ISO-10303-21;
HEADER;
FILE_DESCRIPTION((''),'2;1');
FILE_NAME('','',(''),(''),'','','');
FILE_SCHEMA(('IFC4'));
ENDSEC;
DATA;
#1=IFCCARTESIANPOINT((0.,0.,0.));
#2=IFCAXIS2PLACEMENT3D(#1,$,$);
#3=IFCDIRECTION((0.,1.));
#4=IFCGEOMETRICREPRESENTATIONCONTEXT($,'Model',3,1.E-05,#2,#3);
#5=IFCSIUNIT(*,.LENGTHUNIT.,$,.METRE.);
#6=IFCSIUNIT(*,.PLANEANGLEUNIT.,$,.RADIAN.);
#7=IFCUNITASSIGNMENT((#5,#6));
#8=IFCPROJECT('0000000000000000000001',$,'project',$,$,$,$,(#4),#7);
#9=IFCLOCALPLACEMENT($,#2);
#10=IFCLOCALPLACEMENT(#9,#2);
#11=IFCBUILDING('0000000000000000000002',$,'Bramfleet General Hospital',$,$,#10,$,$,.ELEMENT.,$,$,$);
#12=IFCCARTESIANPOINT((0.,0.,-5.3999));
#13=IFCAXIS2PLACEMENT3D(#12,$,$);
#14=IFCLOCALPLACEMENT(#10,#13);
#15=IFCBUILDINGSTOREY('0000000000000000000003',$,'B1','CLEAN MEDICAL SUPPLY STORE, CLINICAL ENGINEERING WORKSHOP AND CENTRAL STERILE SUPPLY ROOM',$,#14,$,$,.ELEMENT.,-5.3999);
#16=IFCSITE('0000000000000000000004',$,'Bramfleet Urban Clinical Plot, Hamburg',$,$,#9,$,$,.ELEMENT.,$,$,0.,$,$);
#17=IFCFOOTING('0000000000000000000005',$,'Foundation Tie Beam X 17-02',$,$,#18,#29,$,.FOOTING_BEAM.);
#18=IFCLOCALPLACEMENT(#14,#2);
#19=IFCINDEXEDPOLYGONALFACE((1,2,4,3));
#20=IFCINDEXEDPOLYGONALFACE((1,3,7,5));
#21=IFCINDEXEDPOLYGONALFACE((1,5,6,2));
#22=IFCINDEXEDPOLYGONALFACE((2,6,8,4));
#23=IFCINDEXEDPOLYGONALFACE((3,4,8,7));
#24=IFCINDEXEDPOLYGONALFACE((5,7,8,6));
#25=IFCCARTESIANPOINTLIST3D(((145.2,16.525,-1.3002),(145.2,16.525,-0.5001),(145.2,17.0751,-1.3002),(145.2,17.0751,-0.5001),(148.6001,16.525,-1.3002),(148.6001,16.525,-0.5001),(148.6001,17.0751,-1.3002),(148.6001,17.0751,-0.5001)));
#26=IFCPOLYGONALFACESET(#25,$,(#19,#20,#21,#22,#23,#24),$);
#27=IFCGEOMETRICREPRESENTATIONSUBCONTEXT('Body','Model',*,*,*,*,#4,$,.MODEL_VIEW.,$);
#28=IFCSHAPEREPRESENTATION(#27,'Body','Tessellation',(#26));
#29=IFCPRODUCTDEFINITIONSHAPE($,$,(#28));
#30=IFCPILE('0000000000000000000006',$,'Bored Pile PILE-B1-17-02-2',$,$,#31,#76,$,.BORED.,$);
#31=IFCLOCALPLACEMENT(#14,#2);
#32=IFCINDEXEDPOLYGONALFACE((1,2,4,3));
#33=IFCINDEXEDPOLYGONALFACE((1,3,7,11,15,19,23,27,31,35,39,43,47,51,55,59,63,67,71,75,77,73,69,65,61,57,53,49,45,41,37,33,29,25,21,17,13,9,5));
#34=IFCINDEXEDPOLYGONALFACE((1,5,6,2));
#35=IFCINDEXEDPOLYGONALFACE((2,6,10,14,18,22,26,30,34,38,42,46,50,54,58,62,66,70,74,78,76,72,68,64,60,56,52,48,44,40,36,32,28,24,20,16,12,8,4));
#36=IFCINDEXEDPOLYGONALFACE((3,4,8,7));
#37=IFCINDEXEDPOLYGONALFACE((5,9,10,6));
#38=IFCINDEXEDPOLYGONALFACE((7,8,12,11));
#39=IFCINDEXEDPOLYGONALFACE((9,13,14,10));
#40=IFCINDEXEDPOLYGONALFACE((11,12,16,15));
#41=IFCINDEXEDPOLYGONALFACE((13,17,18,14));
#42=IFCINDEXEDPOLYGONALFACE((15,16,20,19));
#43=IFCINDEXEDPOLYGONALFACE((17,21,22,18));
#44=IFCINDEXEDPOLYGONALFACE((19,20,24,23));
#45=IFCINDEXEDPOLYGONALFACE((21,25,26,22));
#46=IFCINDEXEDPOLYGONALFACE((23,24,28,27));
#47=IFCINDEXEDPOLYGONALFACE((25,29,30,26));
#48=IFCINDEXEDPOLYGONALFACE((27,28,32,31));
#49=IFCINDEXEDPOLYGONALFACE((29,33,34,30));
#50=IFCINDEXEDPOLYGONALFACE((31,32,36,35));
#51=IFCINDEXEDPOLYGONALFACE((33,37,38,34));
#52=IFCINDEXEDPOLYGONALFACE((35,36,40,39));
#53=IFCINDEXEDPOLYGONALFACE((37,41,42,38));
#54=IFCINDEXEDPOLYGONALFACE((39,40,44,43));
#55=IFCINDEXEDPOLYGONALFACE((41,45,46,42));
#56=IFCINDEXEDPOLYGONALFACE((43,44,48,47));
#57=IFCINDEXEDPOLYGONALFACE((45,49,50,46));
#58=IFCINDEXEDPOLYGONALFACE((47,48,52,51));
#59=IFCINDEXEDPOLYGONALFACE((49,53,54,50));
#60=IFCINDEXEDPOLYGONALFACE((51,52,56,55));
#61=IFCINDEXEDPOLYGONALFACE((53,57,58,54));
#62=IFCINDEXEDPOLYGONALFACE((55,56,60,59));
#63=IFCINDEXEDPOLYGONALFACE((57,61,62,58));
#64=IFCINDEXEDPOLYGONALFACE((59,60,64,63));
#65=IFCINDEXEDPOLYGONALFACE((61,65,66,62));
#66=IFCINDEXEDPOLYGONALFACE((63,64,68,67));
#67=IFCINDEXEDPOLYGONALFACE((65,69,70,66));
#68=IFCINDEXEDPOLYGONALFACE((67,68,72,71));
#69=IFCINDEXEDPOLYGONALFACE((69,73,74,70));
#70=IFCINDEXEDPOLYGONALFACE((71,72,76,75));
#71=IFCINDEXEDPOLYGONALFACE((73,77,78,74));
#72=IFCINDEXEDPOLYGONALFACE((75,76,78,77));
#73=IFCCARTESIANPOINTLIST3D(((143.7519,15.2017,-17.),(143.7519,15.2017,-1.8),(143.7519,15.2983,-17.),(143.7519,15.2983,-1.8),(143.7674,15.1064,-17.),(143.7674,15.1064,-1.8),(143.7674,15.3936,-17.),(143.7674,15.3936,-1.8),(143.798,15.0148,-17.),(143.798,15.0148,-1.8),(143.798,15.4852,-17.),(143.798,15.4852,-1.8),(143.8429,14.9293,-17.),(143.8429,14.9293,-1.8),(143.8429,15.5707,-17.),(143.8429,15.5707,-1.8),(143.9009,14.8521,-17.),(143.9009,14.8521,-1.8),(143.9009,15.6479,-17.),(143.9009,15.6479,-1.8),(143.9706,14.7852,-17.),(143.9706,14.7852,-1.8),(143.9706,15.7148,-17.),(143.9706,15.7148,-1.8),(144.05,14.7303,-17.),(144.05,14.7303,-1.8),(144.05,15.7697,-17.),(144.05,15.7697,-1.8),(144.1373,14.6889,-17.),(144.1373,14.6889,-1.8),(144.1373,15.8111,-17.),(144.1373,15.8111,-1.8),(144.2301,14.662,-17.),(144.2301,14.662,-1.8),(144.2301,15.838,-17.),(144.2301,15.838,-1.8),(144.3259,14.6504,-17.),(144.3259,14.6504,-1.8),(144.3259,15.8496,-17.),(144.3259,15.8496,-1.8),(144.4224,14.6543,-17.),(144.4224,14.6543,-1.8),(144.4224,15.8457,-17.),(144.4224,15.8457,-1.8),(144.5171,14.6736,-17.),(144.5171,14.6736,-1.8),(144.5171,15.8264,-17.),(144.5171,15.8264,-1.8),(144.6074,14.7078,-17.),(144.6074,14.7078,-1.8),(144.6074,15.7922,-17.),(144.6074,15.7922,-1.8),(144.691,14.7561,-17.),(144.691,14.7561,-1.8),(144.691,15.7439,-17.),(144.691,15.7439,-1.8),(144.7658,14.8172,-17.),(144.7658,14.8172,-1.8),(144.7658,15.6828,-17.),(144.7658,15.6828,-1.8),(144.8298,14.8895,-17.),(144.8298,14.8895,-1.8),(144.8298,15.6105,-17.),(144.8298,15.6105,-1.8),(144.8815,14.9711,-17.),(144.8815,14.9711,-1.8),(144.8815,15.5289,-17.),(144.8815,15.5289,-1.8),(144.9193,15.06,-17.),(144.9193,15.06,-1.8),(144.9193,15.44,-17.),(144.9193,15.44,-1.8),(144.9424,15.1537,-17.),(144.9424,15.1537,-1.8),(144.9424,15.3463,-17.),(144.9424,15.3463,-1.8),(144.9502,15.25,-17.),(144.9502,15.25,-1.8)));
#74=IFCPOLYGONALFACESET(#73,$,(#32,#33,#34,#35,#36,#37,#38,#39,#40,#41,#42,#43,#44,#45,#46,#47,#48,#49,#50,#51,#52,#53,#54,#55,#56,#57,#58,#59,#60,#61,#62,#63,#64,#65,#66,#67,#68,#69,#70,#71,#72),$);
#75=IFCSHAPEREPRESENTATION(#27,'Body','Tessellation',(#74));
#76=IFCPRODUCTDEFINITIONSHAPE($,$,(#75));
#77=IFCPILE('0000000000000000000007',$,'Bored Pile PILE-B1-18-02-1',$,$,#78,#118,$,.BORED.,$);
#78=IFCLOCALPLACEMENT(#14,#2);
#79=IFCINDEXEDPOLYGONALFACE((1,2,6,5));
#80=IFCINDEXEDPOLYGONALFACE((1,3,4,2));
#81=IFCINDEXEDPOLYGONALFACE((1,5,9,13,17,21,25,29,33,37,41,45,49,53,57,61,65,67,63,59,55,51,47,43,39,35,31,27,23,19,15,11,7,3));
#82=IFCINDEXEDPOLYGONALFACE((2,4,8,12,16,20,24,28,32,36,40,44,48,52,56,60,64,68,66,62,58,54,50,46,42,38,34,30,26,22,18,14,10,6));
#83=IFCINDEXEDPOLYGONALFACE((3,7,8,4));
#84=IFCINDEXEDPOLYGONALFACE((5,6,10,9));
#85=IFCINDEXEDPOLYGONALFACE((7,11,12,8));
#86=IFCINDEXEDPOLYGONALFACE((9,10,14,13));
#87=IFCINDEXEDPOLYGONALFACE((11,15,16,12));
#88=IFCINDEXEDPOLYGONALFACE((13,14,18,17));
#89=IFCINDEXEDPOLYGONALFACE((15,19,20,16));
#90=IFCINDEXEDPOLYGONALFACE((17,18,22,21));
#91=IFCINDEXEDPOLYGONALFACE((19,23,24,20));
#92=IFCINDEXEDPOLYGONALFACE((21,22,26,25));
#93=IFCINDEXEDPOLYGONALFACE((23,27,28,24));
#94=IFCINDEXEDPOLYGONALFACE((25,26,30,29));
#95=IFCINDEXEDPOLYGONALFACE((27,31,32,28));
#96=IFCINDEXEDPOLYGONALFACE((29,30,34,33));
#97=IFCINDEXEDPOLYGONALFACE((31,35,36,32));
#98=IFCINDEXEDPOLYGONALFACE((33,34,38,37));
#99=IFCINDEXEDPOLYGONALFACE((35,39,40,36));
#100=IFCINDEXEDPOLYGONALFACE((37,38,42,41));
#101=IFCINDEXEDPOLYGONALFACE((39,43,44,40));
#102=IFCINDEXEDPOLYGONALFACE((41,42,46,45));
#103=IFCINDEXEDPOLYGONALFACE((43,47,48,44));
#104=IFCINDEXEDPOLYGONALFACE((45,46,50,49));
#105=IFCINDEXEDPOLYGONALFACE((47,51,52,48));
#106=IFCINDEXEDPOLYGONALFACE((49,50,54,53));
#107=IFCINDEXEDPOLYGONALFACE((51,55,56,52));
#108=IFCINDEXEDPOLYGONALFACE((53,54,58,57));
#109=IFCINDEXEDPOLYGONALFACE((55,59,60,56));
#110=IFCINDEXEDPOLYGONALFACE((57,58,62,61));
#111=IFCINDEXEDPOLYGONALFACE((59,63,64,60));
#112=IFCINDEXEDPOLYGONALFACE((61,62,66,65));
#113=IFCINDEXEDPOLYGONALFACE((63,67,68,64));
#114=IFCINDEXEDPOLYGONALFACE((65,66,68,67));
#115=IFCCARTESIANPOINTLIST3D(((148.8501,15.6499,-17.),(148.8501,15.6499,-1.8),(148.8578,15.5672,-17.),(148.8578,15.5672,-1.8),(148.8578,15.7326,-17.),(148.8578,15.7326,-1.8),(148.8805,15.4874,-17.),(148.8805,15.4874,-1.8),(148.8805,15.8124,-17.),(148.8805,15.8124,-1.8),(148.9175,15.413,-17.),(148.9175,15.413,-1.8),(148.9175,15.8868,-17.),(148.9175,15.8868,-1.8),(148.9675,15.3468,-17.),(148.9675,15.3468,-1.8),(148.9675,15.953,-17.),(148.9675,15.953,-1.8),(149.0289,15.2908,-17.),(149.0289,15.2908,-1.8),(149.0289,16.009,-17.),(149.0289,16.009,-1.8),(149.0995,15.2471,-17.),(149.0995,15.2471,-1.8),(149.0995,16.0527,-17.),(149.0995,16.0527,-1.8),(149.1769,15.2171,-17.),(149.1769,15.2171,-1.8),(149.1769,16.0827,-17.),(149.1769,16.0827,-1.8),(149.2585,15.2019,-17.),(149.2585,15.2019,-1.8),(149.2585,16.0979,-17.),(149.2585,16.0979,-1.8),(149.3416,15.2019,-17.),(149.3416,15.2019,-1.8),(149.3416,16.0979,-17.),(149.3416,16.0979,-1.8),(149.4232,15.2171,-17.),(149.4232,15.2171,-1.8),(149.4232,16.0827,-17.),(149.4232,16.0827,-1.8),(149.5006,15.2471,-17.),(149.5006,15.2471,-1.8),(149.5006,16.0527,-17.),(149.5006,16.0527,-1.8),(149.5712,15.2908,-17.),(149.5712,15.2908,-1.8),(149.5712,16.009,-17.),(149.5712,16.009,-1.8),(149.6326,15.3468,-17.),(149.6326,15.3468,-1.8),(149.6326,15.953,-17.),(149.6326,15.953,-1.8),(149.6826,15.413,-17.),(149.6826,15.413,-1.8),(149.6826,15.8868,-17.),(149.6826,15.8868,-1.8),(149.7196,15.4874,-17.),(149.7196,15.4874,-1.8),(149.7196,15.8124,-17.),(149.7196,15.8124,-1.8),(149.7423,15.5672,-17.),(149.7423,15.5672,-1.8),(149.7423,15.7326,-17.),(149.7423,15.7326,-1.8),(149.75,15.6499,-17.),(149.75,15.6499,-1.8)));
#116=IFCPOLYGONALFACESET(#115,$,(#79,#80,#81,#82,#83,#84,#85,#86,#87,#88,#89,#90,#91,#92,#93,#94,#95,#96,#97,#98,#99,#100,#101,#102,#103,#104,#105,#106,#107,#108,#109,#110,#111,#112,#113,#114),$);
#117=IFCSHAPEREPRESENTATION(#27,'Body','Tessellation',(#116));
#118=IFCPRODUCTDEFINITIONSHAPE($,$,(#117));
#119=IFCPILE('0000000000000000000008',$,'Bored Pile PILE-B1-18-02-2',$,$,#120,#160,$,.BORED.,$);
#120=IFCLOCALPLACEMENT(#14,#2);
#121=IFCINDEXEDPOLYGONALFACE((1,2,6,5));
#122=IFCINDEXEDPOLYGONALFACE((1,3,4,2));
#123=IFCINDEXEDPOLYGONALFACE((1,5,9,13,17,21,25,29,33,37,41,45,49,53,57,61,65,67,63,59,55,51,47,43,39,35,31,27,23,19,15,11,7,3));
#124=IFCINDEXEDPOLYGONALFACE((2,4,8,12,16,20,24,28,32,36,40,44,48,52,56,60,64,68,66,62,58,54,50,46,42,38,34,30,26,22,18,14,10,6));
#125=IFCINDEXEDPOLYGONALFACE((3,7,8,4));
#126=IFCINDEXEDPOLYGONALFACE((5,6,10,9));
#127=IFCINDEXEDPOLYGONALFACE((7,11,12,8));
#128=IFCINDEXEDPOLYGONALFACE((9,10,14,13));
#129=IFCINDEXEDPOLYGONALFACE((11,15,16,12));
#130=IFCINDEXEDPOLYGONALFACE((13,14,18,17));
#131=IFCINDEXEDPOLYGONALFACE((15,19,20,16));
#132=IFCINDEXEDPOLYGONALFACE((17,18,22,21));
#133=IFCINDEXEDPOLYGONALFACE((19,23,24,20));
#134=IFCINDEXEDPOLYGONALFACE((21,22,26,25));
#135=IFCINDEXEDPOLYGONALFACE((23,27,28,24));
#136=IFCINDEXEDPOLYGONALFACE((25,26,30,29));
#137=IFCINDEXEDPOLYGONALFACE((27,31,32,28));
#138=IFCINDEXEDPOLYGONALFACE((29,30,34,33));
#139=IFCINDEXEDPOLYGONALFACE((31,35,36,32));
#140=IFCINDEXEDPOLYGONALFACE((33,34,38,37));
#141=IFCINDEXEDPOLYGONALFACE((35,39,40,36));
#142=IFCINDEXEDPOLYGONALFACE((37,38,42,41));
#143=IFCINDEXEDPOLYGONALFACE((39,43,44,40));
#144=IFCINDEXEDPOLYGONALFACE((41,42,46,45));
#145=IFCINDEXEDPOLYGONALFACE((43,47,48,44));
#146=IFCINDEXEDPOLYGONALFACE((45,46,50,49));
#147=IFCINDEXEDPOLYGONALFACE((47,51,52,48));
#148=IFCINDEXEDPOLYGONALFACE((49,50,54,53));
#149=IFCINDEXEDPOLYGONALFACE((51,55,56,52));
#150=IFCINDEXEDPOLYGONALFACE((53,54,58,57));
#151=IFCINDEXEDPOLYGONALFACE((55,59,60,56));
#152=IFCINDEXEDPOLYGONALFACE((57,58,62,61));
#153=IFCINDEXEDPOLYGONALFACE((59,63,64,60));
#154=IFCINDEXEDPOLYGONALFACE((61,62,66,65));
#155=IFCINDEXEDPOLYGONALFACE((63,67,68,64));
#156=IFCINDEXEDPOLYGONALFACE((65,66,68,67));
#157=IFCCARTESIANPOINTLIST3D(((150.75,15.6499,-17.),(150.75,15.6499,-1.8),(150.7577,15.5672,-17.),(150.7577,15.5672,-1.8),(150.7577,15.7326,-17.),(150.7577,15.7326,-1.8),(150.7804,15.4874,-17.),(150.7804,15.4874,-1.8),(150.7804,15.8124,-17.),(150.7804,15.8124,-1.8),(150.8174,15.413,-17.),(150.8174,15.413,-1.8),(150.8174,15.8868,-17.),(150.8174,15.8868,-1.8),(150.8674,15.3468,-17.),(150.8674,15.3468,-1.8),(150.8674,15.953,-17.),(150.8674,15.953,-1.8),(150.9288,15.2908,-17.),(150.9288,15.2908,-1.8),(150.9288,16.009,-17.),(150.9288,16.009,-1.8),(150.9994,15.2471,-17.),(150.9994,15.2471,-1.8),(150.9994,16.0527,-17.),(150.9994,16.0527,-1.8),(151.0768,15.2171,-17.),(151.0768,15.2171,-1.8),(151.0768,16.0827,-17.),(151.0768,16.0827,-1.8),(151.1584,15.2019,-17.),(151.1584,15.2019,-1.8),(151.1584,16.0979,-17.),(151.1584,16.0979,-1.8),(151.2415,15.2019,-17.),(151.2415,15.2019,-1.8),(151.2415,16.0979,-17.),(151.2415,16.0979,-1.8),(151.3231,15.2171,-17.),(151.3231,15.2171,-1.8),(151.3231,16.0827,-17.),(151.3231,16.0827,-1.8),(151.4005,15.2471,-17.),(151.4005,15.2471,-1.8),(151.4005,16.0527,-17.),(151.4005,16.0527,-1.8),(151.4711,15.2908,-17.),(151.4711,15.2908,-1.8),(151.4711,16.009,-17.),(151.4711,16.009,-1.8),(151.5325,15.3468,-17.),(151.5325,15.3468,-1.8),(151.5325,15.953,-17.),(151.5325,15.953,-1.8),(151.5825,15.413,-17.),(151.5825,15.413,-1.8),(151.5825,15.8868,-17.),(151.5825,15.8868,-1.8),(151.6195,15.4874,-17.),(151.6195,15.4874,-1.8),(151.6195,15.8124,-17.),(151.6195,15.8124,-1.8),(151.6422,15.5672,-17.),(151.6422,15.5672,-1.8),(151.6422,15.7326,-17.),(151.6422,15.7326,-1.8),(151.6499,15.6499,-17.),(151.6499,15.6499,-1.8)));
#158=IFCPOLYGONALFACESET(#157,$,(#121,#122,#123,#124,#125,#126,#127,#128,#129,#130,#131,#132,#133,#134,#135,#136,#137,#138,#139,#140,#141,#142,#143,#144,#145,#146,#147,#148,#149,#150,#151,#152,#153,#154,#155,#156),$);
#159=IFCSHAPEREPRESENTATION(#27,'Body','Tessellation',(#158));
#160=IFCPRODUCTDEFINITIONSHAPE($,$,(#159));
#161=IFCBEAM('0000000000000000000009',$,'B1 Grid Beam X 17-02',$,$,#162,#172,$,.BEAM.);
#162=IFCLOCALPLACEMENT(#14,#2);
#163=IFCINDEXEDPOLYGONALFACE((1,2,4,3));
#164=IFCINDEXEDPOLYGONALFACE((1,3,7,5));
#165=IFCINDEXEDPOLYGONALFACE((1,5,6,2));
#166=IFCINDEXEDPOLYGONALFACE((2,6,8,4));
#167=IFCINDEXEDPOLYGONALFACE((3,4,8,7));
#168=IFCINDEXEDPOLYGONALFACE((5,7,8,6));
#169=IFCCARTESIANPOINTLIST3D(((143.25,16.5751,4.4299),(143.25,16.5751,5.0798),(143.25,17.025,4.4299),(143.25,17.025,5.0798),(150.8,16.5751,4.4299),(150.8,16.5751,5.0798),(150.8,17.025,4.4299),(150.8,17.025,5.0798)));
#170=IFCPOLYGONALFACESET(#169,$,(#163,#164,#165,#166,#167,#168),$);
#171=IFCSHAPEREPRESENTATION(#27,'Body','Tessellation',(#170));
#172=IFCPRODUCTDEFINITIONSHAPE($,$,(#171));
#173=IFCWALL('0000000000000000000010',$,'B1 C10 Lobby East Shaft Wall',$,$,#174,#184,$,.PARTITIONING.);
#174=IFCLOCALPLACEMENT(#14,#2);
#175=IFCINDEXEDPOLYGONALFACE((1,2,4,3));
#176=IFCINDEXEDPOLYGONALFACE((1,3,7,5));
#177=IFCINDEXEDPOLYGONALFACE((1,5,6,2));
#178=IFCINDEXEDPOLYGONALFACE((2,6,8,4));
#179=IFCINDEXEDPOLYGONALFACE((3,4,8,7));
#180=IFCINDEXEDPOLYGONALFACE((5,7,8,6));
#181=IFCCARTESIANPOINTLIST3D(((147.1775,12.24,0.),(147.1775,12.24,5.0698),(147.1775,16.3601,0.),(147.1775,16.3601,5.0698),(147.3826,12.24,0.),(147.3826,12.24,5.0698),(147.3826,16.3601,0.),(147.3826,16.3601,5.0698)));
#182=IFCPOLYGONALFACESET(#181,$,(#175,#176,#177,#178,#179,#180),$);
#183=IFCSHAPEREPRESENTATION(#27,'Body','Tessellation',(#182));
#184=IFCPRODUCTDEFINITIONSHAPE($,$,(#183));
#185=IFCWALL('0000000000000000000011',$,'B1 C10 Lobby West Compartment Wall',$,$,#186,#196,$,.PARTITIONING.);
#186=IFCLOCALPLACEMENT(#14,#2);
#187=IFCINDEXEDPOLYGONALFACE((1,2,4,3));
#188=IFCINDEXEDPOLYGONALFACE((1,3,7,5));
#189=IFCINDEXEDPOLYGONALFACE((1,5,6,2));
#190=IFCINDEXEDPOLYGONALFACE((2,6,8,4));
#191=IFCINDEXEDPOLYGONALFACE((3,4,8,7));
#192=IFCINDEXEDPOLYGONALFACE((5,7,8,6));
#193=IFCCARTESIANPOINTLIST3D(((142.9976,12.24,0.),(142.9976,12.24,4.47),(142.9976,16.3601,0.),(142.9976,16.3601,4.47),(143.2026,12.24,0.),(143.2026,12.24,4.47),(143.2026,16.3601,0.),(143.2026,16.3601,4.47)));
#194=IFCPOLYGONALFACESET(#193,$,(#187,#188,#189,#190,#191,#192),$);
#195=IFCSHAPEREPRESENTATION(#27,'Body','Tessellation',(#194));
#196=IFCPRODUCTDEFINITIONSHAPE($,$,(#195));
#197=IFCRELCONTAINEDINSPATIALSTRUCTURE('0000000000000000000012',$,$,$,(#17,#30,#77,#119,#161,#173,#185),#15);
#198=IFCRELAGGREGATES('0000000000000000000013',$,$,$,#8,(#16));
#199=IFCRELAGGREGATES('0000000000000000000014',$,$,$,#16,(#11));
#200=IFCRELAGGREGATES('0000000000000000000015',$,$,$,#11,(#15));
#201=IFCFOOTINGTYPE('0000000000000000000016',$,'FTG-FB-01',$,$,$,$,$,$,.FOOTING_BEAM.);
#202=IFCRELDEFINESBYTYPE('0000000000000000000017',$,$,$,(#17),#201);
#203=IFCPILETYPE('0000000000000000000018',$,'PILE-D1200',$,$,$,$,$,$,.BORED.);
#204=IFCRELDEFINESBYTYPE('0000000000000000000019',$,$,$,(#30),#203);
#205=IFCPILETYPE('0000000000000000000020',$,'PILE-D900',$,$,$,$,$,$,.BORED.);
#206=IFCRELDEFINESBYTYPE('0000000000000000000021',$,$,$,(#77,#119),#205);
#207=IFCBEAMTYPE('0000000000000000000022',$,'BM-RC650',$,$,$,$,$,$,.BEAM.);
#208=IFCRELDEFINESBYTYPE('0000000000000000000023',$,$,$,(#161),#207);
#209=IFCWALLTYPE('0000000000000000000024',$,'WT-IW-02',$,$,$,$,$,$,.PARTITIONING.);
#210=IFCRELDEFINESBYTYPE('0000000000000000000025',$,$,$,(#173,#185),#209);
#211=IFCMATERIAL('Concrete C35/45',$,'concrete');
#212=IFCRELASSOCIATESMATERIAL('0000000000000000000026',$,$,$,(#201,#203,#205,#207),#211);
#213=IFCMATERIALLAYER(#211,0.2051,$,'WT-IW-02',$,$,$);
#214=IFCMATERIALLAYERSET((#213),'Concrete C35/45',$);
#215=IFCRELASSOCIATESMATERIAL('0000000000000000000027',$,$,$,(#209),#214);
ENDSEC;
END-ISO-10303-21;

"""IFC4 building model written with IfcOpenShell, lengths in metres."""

from ifc_helpers import new_model, si_unit, direction, frame, frame_2d, origin, origin_2d, place, context, subcontext, project, spatial, rectangle, circle, extrude, material, layer, layer_set, material_profile, profile_set, type_object, element, save


model = new_model("IFC4")

# Units and contexts
model_context = context("Model", 3, precision=1e-05, world=origin(), true_north=direction((0.0, 1.0)))
body_context = subcontext(model_context, "Body", "Model", "MODEL_VIEW")
ifc_project = project(units=[si_unit("LENGTHUNIT", "METRE"), si_unit("PLANEANGLEUNIT", "RADIAN")], contexts=[model_context])

# Site, building, storey
site_placement = place(None, origin())
site = spatial("IfcSite", under=ifc_project, at=site_placement, Name="Bramfleet Urban Clinical Plot, Hamburg", CompositionType="ELEMENT", RefElevation=0.0)
building_placement = place(site_placement, origin())
building = spatial("IfcBuilding", under=site, at=building_placement, Name="Bramfleet General Hospital", CompositionType="ELEMENT")
storey_placement = place(building_placement, frame((0.0, 0.0, -5.3999)))
storey = spatial("IfcBuildingStorey", under=building, at=storey_placement, Name="B1", Description="CLEAN MEDICAL SUPPLY STORE, CLINICAL ENGINEERING WORKSHOP AND CENTRAL STERILE SUPPLY ROOM", CompositionType="ELEMENT", Elevation=-5.3999)

# Footing
ifc_material_1 = material(Name="Concrete C35/45", Category="concrete")
ifc_material_profile_1 = material_profile(ifc_material_1, rectangle(XDim=0.55, YDim=0.8, at=origin_2d()), Name="RC FB 800x550")
ifc_profile_set_1 = profile_set([ifc_material_profile_1], Name="Concrete C35/45")
footing_type = type_object("IfcFootingType", Name="FTG-FB-01", PredefinedType="FOOTING_BEAM", material=ifc_profile_set_1)
footing_placement = place(storey_placement, frame((145.2, 16.8, -0.9001), z_axis=(1.0, 0.0, 0.0), x_axis=(0.0, 1.0, 0.0)))
element("IfcFooting", 1, at=footing_placement, inside=storey, type_object=footing_type, Name="Foundation Tie Beam X 17-02", PredefinedType="FOOTING_BEAM", context=body_context, shape_type="SweptSolid", body=[
    extrude(rectangle(XDim=0.55, YDim=0.8, at=origin_2d()), origin(), (0.0, 0.0, 1.0), 3.4001),
])

# Piles
ifc_material_profile_2 = material_profile(ifc_material_1, circle(Radius=0.6001, at=origin_2d()), Name="PILE BORED D1200")
ifc_profile_set_2 = profile_set([ifc_material_profile_2], Name="Concrete C35/45")
pile_type_1 = type_object("IfcPileType", Name="PILE-D1200", PredefinedType="BORED", material=ifc_profile_set_2)
pile_placement = place(storey_placement, frame((144.3501, 15.25, -1.8), z_axis=(0.0, 0.0, -1.0), x_axis=(1.0, 0.0, 0.0)))
element("IfcPile", 2, at=pile_placement, inside=storey, type_object=pile_type_1, Name="Bored Pile PILE-B1-17-02-2", PredefinedType="BORED", context=body_context, shape_type="SweptSolid", body=[
    extrude(circle(Radius=0.6001, at=origin_2d()), origin(), (0.0, 0.0, 1.0), 15.2),
])
ifc_material_profile_3 = material_profile(ifc_material_1, circle(Radius=0.45, at=origin_2d()), Name="PILE BORED D900")
ifc_profile_set_3 = profile_set([ifc_material_profile_3], Name="Concrete C35/45")
pile_type_2 = type_object("IfcPileType", Name="PILE-D900", PredefinedType="BORED", material=ifc_profile_set_3)
for number, where, z_axis, x_axis, name in (
    (3, (149.3, 15.6499, -1.8), (0.0, 0.0, -1.0), (1.0, 0.0, 0.0), "Bored Pile PILE-B1-18-02-1"),
    (4, (151.2, 15.6499, -1.8), (0.0, 0.0, -1.0), (1.0, 0.0, 0.0), "Bored Pile PILE-B1-18-02-2"),
):
    element("IfcPile", number, at=place(storey_placement, frame(where, z_axis=z_axis, x_axis=x_axis)), inside=storey, type_object=pile_type_2, Name=name, PredefinedType="BORED", context=body_context, shape_type="SweptSolid", body=[
        extrude(circle(Radius=0.45, at=origin_2d()), origin(), (0.0, 0.0, 1.0), 15.2),
    ])

# Beam
ifc_material_profile_4 = material_profile(ifc_material_1, rectangle(XDim=0.45, YDim=0.6499, at=origin_2d()), Name="RC BM 650x450")
ifc_profile_set_4 = profile_set([ifc_material_profile_4], Name="Concrete C35/45")
beam_type = type_object("IfcBeamType", Name="BM-RC650", PredefinedType="BEAM", material=ifc_profile_set_4)
beam_placement = place(storey_placement, frame((143.25, 16.8, 4.7549), z_axis=(1.0, 0.0, 0.0), x_axis=(0.0, 1.0, 0.0)))
element("IfcBeam", 5, at=beam_placement, inside=storey, type_object=beam_type, Name="B1 Grid Beam X 17-02", PredefinedType="BEAM", context=body_context, shape_type="SweptSolid", body=[
    extrude(rectangle(XDim=0.45, YDim=0.6499, at=origin_2d()), origin(), (0.0, 0.0, 1.0), 7.55),
])

# Walls
ifc_layer_1 = layer(ifc_material_1, 0.2051, Name="WT-IW-02")
ifc_layer_set_1 = layer_set([ifc_layer_1], Name="Concrete C35/45")
wall_type_1 = type_object("IfcWallType", Name="WT-IW-02", PredefinedType="PARTITIONING", material=ifc_layer_set_1)
wall_1_placement = place(storey_placement, frame((147.28, 12.24, 0.0), z_axis=(0.0, 0.0, 1.0), x_axis=(0.0, 1.0, 0.0)))
element("IfcWall", 6, at=wall_1_placement, inside=storey, type_object=wall_type_1, Name="B1 C10 Lobby East Shaft Wall", PredefinedType="PARTITIONING", context=body_context, shape_type="SweptSolid", body=[
    extrude(rectangle(XDim=4.1201, YDim=0.2051, at=frame_2d((2.0601, 0.0))), origin(), (0.0, 0.0, 1.0), 5.0698),
])
wall_2_placement = place(storey_placement, frame((143.1001, 12.24, 0.0), z_axis=(0.0, 0.0, 1.0), x_axis=(0.0, 1.0, 0.0)))
element("IfcWall", 7, at=wall_2_placement, inside=storey, type_object=wall_type_1, Name="B1 C10 Lobby West Compartment Wall", PredefinedType="PARTITIONING", context=body_context, shape_type="SweptSolid", body=[
    extrude(rectangle(XDim=4.1201, YDim=0.2051, at=frame_2d((2.0601, 0.0))), origin(), (0.0, 0.0, 1.0), 4.47),
])

save(model, "model.ifc")
